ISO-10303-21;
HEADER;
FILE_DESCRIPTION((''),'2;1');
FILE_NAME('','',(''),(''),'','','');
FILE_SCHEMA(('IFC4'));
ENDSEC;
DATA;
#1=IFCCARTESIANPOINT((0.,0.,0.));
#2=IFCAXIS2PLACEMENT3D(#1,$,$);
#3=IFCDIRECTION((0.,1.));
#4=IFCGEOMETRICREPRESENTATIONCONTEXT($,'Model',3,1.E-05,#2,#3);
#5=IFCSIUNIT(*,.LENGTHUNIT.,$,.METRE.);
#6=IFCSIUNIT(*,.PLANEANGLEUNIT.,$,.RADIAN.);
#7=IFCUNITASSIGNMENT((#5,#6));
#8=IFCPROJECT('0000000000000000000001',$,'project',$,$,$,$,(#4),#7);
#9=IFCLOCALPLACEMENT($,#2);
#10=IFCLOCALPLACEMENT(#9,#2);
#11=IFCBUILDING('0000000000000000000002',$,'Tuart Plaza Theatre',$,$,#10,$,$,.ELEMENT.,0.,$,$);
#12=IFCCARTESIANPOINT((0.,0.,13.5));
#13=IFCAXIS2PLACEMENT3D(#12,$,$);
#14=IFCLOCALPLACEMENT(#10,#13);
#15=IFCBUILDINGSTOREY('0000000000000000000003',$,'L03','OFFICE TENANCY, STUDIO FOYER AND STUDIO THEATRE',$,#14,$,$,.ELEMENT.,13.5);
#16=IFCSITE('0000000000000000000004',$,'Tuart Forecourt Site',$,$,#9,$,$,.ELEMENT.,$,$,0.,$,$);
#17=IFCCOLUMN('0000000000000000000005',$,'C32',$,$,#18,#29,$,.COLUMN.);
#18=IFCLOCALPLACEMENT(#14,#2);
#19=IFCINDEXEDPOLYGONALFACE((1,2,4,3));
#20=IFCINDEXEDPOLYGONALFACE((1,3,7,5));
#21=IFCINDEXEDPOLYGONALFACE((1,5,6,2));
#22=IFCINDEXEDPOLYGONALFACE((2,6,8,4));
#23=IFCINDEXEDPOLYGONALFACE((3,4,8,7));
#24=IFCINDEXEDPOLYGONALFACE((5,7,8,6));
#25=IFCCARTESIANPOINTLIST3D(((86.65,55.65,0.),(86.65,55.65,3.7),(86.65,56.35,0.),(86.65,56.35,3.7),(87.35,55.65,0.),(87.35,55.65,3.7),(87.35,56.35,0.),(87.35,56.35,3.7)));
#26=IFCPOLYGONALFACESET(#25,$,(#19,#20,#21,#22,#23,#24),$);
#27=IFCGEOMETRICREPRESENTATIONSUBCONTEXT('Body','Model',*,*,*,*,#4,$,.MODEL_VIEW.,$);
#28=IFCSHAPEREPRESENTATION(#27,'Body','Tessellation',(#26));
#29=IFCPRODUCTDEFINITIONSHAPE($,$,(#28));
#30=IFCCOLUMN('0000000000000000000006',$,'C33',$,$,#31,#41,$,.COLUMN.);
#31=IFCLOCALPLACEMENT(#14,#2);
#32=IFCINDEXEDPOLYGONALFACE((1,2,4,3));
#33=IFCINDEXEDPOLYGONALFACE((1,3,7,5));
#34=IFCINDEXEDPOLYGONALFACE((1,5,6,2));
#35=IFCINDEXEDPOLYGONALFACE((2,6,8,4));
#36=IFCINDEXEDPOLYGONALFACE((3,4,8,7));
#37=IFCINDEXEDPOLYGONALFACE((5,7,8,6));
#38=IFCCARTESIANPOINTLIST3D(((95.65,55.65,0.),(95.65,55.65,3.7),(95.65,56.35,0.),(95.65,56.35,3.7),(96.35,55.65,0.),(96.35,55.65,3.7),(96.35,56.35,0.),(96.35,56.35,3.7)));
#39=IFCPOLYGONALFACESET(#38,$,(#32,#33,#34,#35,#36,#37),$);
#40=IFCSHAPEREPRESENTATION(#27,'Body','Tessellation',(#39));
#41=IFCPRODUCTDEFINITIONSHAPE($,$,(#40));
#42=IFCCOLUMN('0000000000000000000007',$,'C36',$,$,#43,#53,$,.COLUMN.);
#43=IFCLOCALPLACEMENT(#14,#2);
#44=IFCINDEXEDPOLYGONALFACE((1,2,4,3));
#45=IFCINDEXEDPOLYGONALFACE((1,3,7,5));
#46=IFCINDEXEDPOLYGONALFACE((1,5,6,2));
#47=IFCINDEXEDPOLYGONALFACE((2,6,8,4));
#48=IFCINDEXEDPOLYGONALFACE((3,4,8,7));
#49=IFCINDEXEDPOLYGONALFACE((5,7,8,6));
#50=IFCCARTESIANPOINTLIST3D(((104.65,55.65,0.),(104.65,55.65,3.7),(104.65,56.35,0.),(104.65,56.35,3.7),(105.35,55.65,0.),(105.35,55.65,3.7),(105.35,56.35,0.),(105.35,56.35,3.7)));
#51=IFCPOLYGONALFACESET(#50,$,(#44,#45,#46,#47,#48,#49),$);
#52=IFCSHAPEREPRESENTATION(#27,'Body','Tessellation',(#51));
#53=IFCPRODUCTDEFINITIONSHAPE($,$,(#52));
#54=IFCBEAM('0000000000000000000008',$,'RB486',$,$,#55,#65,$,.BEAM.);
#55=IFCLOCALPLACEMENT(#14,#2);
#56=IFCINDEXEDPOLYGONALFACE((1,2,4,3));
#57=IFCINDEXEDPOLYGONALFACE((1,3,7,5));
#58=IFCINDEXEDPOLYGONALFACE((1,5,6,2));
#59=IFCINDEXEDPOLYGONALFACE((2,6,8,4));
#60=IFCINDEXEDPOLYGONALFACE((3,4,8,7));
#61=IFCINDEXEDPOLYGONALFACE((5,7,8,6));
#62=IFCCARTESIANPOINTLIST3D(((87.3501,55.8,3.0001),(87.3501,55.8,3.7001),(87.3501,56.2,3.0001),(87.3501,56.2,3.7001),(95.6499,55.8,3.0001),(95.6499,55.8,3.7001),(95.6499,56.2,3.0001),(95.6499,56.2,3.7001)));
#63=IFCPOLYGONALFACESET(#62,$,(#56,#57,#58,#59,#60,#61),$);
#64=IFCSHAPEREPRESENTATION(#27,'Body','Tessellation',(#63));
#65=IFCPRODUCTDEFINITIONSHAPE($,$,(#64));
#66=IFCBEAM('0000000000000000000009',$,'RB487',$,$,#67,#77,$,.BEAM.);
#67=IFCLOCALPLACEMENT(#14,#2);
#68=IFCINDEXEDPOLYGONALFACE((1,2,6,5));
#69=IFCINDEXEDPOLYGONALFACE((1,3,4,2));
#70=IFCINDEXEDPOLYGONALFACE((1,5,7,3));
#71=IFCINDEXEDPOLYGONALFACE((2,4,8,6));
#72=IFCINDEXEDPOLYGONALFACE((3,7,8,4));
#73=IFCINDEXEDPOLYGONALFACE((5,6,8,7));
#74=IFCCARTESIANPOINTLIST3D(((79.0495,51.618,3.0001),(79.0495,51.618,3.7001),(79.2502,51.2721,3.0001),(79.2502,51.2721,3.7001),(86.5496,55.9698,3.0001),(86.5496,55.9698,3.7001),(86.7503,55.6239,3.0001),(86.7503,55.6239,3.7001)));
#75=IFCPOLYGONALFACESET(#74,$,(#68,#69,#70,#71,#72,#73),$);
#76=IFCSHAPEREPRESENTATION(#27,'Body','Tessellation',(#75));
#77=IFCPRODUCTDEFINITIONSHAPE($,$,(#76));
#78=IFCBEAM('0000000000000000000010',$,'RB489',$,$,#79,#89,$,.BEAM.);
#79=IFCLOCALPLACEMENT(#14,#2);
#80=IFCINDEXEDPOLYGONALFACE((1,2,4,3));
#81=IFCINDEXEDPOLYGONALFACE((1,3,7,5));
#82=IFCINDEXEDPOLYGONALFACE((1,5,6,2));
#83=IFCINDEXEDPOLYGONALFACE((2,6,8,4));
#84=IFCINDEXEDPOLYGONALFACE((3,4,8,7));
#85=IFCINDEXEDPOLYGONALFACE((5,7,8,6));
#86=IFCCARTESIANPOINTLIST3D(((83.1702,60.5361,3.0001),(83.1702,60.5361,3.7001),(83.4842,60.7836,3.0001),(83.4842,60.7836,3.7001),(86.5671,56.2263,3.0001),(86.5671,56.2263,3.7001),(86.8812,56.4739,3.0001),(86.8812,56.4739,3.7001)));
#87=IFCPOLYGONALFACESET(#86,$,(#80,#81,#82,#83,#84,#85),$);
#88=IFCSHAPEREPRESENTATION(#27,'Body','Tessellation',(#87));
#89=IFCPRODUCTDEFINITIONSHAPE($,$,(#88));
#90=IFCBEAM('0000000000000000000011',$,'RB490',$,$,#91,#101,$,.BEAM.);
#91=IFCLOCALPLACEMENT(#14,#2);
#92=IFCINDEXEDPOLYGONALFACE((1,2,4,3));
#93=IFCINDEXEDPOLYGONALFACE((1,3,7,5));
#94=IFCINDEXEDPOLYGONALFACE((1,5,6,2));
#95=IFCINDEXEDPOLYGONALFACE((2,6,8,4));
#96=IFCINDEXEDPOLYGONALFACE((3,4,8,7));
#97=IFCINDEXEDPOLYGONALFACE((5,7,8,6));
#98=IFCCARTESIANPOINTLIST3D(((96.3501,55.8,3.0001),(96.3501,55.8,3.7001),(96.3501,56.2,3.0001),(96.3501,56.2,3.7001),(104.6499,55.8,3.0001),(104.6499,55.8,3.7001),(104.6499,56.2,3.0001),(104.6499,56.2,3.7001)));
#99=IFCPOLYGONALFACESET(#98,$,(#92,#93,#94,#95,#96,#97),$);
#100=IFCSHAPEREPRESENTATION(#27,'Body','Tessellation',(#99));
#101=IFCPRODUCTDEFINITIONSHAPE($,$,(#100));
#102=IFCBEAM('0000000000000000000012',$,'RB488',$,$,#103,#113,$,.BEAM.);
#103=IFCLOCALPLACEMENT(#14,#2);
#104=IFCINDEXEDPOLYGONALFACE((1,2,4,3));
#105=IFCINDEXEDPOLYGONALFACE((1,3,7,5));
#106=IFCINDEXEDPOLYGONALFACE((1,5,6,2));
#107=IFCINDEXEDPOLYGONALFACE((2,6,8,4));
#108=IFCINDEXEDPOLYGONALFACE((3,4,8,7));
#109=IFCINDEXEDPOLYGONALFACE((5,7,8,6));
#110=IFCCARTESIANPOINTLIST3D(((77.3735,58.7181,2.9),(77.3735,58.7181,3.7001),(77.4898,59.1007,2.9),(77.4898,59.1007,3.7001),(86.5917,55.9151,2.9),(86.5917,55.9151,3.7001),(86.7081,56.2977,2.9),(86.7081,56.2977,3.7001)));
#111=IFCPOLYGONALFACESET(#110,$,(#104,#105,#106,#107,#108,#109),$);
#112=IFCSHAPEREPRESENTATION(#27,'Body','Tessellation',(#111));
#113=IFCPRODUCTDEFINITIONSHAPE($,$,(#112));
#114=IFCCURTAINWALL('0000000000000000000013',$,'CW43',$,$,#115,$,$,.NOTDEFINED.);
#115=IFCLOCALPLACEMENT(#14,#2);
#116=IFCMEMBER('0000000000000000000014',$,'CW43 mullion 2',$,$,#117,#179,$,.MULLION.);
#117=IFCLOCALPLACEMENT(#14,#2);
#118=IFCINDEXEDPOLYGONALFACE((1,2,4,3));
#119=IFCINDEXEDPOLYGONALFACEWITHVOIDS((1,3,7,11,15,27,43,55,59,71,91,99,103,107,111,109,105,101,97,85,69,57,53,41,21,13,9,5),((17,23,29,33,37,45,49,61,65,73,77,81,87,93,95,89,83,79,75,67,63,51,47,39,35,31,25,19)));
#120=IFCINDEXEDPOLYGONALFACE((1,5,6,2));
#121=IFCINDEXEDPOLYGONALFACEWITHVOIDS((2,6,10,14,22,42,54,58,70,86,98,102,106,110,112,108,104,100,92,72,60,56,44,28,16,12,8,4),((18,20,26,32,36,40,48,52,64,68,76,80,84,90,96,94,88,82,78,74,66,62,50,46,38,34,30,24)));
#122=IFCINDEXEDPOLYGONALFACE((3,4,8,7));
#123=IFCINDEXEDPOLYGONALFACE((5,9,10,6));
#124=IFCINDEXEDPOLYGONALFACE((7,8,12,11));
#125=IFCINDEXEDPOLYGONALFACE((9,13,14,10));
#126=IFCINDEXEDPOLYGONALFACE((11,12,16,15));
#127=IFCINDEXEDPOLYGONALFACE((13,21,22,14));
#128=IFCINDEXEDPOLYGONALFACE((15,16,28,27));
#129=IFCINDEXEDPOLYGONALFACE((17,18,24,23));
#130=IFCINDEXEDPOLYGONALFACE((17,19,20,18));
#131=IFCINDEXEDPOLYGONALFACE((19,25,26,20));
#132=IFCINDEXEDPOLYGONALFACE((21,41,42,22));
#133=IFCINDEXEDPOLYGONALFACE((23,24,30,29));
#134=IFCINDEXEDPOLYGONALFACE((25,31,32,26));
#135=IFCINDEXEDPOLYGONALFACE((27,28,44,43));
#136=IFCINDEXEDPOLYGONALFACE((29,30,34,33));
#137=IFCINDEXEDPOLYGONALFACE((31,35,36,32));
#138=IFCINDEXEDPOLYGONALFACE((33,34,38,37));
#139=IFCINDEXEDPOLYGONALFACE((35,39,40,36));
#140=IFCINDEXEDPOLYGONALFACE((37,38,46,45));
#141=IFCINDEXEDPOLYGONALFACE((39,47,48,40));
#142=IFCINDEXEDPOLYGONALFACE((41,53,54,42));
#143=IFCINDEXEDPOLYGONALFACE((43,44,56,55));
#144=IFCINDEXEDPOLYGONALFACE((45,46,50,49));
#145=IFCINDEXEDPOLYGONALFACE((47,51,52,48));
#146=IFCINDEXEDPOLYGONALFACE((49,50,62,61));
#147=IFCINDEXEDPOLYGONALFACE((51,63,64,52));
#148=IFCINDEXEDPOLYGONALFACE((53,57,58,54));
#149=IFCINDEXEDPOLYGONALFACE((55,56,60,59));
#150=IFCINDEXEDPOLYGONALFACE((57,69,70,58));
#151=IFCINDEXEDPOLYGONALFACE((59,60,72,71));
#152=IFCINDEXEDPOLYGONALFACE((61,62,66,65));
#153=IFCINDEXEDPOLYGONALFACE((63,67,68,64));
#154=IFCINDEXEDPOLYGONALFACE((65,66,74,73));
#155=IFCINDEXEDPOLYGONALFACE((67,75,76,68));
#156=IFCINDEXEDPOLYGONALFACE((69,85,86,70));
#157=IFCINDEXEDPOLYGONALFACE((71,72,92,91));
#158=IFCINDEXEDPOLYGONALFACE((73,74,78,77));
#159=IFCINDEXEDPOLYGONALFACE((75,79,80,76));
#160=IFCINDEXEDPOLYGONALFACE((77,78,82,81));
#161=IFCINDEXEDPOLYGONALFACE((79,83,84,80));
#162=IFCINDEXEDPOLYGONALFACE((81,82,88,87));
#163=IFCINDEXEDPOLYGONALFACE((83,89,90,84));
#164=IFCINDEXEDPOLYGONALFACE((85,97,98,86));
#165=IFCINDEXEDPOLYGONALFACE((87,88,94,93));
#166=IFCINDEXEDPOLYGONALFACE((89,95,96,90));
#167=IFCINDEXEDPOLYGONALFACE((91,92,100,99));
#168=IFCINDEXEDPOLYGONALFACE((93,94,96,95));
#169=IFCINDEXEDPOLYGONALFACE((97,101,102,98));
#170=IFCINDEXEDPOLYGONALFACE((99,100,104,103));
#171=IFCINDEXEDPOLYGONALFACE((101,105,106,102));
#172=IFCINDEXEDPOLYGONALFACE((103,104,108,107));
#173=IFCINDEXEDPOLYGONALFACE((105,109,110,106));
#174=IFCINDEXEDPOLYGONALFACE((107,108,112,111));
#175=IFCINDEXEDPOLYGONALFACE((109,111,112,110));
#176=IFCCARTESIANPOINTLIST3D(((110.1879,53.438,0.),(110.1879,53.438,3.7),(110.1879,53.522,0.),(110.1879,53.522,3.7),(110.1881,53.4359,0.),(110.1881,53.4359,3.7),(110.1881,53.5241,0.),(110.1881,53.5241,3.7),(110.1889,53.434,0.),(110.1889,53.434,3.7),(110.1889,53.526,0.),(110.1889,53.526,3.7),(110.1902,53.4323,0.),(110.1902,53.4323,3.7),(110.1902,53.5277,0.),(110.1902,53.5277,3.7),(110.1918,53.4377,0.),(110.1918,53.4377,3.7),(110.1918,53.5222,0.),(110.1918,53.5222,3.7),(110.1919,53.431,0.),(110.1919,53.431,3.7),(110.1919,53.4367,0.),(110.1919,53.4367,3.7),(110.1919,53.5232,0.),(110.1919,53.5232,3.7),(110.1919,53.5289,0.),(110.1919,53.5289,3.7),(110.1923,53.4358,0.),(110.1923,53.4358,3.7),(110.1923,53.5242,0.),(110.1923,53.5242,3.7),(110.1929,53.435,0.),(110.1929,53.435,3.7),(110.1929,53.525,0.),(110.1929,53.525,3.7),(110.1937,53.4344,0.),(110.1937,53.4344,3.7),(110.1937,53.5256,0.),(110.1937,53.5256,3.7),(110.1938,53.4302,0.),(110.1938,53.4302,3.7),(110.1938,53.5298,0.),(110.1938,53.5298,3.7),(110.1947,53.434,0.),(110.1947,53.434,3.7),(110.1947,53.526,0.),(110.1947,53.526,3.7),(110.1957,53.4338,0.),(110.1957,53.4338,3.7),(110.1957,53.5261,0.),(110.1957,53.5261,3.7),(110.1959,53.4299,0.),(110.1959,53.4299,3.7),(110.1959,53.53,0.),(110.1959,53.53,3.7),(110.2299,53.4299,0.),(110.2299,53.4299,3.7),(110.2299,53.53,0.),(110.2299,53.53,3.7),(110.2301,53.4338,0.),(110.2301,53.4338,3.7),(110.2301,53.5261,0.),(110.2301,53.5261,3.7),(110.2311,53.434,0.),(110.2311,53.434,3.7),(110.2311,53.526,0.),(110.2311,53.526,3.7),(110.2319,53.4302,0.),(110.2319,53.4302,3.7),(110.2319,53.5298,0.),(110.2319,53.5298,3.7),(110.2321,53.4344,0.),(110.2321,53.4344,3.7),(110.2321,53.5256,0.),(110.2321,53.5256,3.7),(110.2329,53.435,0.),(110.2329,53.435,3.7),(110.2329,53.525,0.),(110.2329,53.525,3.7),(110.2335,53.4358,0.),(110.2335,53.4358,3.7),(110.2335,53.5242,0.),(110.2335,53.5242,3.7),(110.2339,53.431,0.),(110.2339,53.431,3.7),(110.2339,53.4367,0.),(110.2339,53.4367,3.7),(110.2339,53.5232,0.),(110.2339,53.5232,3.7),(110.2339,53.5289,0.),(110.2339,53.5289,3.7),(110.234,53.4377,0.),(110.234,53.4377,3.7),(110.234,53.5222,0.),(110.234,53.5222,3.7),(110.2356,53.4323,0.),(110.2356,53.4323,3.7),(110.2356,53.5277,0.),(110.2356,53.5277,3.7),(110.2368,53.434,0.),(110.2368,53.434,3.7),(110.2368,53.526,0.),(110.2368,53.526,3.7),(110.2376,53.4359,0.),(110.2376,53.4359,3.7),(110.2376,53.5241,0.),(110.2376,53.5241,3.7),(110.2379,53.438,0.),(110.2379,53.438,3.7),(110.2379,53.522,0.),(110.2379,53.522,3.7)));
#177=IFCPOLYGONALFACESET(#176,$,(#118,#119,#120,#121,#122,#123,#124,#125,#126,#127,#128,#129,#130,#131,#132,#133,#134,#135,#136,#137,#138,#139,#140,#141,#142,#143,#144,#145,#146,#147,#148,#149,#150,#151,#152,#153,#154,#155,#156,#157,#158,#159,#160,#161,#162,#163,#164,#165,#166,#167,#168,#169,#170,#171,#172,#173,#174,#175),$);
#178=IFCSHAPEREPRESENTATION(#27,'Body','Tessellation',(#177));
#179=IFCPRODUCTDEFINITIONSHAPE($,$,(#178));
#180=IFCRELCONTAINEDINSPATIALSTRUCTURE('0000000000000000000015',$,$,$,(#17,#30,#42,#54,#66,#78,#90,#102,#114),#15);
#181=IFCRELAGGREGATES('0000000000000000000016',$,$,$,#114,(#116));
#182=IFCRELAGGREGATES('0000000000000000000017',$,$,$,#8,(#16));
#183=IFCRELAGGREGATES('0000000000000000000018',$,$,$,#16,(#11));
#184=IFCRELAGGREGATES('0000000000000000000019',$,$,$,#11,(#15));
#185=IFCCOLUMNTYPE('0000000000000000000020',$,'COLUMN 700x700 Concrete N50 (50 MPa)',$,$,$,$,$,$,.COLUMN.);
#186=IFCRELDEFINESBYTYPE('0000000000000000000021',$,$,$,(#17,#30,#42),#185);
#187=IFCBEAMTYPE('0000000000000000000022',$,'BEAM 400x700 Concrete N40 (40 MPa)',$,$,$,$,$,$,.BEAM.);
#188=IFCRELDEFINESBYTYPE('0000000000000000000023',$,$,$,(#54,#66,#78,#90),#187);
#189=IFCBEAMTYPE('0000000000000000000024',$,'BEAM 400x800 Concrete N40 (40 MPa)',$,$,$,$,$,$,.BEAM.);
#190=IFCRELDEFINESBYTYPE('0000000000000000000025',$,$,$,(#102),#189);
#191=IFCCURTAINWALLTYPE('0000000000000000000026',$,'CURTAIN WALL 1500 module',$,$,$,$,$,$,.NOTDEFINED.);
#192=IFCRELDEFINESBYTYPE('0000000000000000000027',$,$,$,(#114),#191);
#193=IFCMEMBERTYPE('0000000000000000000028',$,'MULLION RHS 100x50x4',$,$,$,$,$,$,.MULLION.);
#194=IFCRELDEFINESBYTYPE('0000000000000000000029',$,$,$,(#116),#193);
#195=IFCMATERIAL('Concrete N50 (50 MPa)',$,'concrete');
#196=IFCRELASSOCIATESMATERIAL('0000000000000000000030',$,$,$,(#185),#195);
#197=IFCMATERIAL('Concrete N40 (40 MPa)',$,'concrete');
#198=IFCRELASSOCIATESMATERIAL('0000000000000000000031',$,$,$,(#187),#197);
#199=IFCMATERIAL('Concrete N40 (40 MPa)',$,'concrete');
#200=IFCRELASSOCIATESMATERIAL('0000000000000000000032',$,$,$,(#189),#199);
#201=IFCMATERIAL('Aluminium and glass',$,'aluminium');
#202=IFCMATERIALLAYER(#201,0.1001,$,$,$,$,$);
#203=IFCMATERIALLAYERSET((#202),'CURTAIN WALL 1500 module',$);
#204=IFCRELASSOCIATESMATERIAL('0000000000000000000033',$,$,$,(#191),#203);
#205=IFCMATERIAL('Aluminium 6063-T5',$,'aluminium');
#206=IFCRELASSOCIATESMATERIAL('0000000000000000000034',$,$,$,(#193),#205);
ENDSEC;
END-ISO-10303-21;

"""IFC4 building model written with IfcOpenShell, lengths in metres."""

from ifc_helpers import new_model, si_unit, direction, frame, origin, origin_2d, place, context, subcontext, project, spatial, rectangle, hollow_rectangle, extrude, material, layer, layer_set, material_profile, profile_set, type_object, element, aggregate, save


model = new_model("IFC4")

# Units and contexts
model_context = context("Model", 3, precision=1e-05, world=origin(), true_north=direction((0.0, 1.0)))
body_context = subcontext(model_context, "Body", "Model", "MODEL_VIEW")
ifc_project = project(units=[si_unit("LENGTHUNIT", "METRE"), si_unit("PLANEANGLEUNIT", "RADIAN")], contexts=[model_context])

# Site, building, storey
site_placement = place(None, origin())
site = spatial("IfcSite", under=ifc_project, at=site_placement, Name="Tuart Forecourt Site", CompositionType="ELEMENT", RefElevation=0.0)
building_placement = place(site_placement, origin())
building = spatial("IfcBuilding", under=site, at=building_placement, Name="Tuart Plaza Theatre", CompositionType="ELEMENT", ElevationOfRefHeight=0.0)
storey_placement = place(building_placement, frame((0.0, 0.0, 13.5)))
storey = spatial("IfcBuildingStorey", under=building, at=storey_placement, Name="L03", Description="OFFICE TENANCY, STUDIO FOYER AND STUDIO THEATRE", CompositionType="ELEMENT", Elevation=13.5)

# Columns
ifc_material_1 = material(Name="Concrete N50 (50 MPa)", Category="concrete")
ifc_material_profile_1 = material_profile(ifc_material_1, rectangle(XDim=0.7, YDim=0.7, at=origin_2d()), Name="COLUMN 700x700 Concrete N50 (50 MPa)")
ifc_profile_set_1 = profile_set([ifc_material_profile_1], Name="Concrete N50 (50 MPa)")
column_type = type_object("IfcColumnType", Name="COLUMN 700x700 Concrete N50 (50 MPa)", PredefinedType="COLUMN", material=ifc_profile_set_1)
for number, where, z_axis, x_axis, name in (
    (1, (87.0, 56.0, 0.0), (0.0, 0.0, 1.0), (1.0, 0.0, 0.0), "C32"),
    (2, (96.0, 56.0, 0.0), (0.0, 0.0, 1.0), (1.0, 0.0, 0.0), "C33"),
    (3, (105.0, 56.0, 0.0), (0.0, 0.0, 1.0), (1.0, 0.0, 0.0), "C36"),
):
    element("IfcColumn", number, at=place(storey_placement, frame(where, z_axis=z_axis, x_axis=x_axis)), inside=storey, type_object=column_type, Name=name, PredefinedType="COLUMN", context=body_context, shape_type="SweptSolid", body=[
        extrude(rectangle(XDim=0.7, YDim=0.7, at=origin_2d()), origin(), (0.0, 0.0, 1.0), 3.7),
    ])

# Beams
ifc_material_2 = material(Name="Concrete N40 (40 MPa)", Category="concrete")
ifc_material_profile_2 = material_profile(ifc_material_2, rectangle(XDim=0.3999, YDim=0.7, at=origin_2d()), Name="BEAM 400x700 Concrete N40 (40 MPa)")
ifc_profile_set_2 = profile_set([ifc_material_profile_2], Name="Concrete N40 (40 MPa)")
beam_type_1 = type_object("IfcBeamType", Name="BEAM 400x700 Concrete N40 (40 MPa)", PredefinedType="BEAM", material=ifc_profile_set_2)
beam_1_placement = place(storey_placement, frame((87.3501, 56.0, 3.3501), z_axis=(1.0, 0.0, 0.0), x_axis=(0.0, 1.0, 0.0)))
element("IfcBeam", 4, at=beam_1_placement, inside=storey, type_object=beam_type_1, Name="RB486", PredefinedType="BEAM", context=body_context, shape_type="SweptSolid", body=[
    extrude(rectangle(XDim=0.3999, YDim=0.7, at=origin_2d()), origin(), (0.0, 0.0, 1.0), 8.2998),
])
beam_2_placement = place(storey_placement, frame((86.6499, 55.7969, 3.3501), z_axis=(-0.864941, -0.501874, 0.0), x_axis=(0.501874, -0.864941, 0.0)))
element("IfcBeam", 5, at=beam_2_placement, inside=storey, type_object=beam_type_1, Name="RB487", PredefinedType="BEAM", context=body_context, shape_type="SweptSolid", body=[
    extrude(rectangle(XDim=0.3999, YDim=0.7, at=origin_2d()), origin(), (0.0, 0.0, 1.0), 8.6711),
])
beam_3_placement = place(storey_placement, frame((86.7241, 56.3501, 3.3501), z_axis=(-0.619025, 0.785371, 0.0), x_axis=(-0.785371, -0.619025, 0.0)))
element("IfcBeam", 6, at=beam_3_placement, inside=storey, type_object=beam_type_1, Name="RB489", PredefinedType="BEAM", context=body_context, shape_type="SweptSolid", body=[
    extrude(rectangle(XDim=0.3999, YDim=0.7, at=origin_2d()), origin(), (0.0, 0.0, 1.0), 5.4875),
])
beam_4_placement = place(storey_placement, frame((96.3501, 56.0, 3.3501), z_axis=(1.0, 0.0, 0.0), x_axis=(0.0, 1.0, 0.0)))
element("IfcBeam", 7, at=beam_4_placement, inside=storey, type_object=beam_type_1, Name="RB490", PredefinedType="BEAM", context=body_context, shape_type="SweptSolid", body=[
    extrude(rectangle(XDim=0.3999, YDim=0.7, at=origin_2d()), origin(), (0.0, 0.0, 1.0), 8.2998),
])
ifc_material_3 = material(Name="Concrete N40 (40 MPa)", Category="concrete")
ifc_material_profile_3 = material_profile(ifc_material_3, rectangle(XDim=0.3999, YDim=0.8, at=origin_2d()), Name="BEAM 400x800 Concrete N40 (40 MPa)")
ifc_profile_set_3 = profile_set([ifc_material_profile_3], Name="Concrete N40 (40 MPa)")
beam_type_2 = type_object("IfcBeamType", Name="BEAM 400x800 Concrete N40 (40 MPa)", PredefinedType="BEAM", material=ifc_profile_set_3)
beam_5_placement = place(storey_placement, frame((86.6499, 56.1064, 3.3), z_axis=(-0.956748, 0.290917, 0.0), x_axis=(-0.290917, -0.956748, 0.0)))
element("IfcBeam", 8, at=beam_5_placement, inside=storey, type_object=beam_type_2, Name="RB488", PredefinedType="BEAM", context=body_context, shape_type="SweptSolid", body=[
    extrude(rectangle(XDim=0.3999, YDim=0.8, at=origin_2d()), origin(), (0.0, 0.0, 1.0), 9.635),
])

# Curtain wall, member
ifc_material_4 = material(Name="Aluminium and glass", Category="aluminium")
ifc_layer_1 = layer(ifc_material_4, 0.1001)
ifc_layer_set_1 = layer_set([ifc_layer_1], Name="CURTAIN WALL 1500 module")
curtain_wall_type = type_object("IfcCurtainWallType", Name="CURTAIN WALL 1500 module", PredefinedType="NOTDEFINED", material=ifc_layer_set_1)
curtain_wall_placement = place(storey_placement, origin())
curtain_wall = element("IfcCurtainWall", 9, at=curtain_wall_placement, inside=storey, type_object=curtain_wall_type, Name="CW43", PredefinedType="NOTDEFINED")
ifc_material_5 = material(Name="Aluminium 6063-T5", Category="aluminium")
ifc_material_profile_4 = material_profile(ifc_material_5, hollow_rectangle(XDim=0.05, YDim=0.1001, WallThickness=0.0039, InnerFilletRadius=0.0039, OuterFilletRadius=0.0081, at=origin_2d()), Name="RHS 100x50x4")
ifc_profile_set_4 = profile_set([ifc_material_profile_4], Name="Aluminium 6063-T5")
member_type_1 = type_object("IfcMemberType", Name="MULLION RHS 100x50x4", PredefinedType="MULLION", material=ifc_profile_set_4)
member_1_placement = place(storey_placement, frame((110.2129, 53.48, 0.0), z_axis=(0.0, 0.0, 1.0), x_axis=(-1.0, 0.0, 0.0)))
member_1 = element("IfcMember", 10, at=member_1_placement, type_object=member_type_1, Name="CW43 mullion 2", PredefinedType="MULLION", context=body_context, shape_type="SweptSolid", body=[
    extrude(hollow_rectangle(XDim=0.05, YDim=0.1001, WallThickness=0.0039, InnerFilletRadius=0.0039, OuterFilletRadius=0.0081, at=origin_2d()), origin(), (0.0, 0.0, 1.0), 3.7),
])
aggregate(curtain_wall, [member_1])

save(model, "model.ifc")
